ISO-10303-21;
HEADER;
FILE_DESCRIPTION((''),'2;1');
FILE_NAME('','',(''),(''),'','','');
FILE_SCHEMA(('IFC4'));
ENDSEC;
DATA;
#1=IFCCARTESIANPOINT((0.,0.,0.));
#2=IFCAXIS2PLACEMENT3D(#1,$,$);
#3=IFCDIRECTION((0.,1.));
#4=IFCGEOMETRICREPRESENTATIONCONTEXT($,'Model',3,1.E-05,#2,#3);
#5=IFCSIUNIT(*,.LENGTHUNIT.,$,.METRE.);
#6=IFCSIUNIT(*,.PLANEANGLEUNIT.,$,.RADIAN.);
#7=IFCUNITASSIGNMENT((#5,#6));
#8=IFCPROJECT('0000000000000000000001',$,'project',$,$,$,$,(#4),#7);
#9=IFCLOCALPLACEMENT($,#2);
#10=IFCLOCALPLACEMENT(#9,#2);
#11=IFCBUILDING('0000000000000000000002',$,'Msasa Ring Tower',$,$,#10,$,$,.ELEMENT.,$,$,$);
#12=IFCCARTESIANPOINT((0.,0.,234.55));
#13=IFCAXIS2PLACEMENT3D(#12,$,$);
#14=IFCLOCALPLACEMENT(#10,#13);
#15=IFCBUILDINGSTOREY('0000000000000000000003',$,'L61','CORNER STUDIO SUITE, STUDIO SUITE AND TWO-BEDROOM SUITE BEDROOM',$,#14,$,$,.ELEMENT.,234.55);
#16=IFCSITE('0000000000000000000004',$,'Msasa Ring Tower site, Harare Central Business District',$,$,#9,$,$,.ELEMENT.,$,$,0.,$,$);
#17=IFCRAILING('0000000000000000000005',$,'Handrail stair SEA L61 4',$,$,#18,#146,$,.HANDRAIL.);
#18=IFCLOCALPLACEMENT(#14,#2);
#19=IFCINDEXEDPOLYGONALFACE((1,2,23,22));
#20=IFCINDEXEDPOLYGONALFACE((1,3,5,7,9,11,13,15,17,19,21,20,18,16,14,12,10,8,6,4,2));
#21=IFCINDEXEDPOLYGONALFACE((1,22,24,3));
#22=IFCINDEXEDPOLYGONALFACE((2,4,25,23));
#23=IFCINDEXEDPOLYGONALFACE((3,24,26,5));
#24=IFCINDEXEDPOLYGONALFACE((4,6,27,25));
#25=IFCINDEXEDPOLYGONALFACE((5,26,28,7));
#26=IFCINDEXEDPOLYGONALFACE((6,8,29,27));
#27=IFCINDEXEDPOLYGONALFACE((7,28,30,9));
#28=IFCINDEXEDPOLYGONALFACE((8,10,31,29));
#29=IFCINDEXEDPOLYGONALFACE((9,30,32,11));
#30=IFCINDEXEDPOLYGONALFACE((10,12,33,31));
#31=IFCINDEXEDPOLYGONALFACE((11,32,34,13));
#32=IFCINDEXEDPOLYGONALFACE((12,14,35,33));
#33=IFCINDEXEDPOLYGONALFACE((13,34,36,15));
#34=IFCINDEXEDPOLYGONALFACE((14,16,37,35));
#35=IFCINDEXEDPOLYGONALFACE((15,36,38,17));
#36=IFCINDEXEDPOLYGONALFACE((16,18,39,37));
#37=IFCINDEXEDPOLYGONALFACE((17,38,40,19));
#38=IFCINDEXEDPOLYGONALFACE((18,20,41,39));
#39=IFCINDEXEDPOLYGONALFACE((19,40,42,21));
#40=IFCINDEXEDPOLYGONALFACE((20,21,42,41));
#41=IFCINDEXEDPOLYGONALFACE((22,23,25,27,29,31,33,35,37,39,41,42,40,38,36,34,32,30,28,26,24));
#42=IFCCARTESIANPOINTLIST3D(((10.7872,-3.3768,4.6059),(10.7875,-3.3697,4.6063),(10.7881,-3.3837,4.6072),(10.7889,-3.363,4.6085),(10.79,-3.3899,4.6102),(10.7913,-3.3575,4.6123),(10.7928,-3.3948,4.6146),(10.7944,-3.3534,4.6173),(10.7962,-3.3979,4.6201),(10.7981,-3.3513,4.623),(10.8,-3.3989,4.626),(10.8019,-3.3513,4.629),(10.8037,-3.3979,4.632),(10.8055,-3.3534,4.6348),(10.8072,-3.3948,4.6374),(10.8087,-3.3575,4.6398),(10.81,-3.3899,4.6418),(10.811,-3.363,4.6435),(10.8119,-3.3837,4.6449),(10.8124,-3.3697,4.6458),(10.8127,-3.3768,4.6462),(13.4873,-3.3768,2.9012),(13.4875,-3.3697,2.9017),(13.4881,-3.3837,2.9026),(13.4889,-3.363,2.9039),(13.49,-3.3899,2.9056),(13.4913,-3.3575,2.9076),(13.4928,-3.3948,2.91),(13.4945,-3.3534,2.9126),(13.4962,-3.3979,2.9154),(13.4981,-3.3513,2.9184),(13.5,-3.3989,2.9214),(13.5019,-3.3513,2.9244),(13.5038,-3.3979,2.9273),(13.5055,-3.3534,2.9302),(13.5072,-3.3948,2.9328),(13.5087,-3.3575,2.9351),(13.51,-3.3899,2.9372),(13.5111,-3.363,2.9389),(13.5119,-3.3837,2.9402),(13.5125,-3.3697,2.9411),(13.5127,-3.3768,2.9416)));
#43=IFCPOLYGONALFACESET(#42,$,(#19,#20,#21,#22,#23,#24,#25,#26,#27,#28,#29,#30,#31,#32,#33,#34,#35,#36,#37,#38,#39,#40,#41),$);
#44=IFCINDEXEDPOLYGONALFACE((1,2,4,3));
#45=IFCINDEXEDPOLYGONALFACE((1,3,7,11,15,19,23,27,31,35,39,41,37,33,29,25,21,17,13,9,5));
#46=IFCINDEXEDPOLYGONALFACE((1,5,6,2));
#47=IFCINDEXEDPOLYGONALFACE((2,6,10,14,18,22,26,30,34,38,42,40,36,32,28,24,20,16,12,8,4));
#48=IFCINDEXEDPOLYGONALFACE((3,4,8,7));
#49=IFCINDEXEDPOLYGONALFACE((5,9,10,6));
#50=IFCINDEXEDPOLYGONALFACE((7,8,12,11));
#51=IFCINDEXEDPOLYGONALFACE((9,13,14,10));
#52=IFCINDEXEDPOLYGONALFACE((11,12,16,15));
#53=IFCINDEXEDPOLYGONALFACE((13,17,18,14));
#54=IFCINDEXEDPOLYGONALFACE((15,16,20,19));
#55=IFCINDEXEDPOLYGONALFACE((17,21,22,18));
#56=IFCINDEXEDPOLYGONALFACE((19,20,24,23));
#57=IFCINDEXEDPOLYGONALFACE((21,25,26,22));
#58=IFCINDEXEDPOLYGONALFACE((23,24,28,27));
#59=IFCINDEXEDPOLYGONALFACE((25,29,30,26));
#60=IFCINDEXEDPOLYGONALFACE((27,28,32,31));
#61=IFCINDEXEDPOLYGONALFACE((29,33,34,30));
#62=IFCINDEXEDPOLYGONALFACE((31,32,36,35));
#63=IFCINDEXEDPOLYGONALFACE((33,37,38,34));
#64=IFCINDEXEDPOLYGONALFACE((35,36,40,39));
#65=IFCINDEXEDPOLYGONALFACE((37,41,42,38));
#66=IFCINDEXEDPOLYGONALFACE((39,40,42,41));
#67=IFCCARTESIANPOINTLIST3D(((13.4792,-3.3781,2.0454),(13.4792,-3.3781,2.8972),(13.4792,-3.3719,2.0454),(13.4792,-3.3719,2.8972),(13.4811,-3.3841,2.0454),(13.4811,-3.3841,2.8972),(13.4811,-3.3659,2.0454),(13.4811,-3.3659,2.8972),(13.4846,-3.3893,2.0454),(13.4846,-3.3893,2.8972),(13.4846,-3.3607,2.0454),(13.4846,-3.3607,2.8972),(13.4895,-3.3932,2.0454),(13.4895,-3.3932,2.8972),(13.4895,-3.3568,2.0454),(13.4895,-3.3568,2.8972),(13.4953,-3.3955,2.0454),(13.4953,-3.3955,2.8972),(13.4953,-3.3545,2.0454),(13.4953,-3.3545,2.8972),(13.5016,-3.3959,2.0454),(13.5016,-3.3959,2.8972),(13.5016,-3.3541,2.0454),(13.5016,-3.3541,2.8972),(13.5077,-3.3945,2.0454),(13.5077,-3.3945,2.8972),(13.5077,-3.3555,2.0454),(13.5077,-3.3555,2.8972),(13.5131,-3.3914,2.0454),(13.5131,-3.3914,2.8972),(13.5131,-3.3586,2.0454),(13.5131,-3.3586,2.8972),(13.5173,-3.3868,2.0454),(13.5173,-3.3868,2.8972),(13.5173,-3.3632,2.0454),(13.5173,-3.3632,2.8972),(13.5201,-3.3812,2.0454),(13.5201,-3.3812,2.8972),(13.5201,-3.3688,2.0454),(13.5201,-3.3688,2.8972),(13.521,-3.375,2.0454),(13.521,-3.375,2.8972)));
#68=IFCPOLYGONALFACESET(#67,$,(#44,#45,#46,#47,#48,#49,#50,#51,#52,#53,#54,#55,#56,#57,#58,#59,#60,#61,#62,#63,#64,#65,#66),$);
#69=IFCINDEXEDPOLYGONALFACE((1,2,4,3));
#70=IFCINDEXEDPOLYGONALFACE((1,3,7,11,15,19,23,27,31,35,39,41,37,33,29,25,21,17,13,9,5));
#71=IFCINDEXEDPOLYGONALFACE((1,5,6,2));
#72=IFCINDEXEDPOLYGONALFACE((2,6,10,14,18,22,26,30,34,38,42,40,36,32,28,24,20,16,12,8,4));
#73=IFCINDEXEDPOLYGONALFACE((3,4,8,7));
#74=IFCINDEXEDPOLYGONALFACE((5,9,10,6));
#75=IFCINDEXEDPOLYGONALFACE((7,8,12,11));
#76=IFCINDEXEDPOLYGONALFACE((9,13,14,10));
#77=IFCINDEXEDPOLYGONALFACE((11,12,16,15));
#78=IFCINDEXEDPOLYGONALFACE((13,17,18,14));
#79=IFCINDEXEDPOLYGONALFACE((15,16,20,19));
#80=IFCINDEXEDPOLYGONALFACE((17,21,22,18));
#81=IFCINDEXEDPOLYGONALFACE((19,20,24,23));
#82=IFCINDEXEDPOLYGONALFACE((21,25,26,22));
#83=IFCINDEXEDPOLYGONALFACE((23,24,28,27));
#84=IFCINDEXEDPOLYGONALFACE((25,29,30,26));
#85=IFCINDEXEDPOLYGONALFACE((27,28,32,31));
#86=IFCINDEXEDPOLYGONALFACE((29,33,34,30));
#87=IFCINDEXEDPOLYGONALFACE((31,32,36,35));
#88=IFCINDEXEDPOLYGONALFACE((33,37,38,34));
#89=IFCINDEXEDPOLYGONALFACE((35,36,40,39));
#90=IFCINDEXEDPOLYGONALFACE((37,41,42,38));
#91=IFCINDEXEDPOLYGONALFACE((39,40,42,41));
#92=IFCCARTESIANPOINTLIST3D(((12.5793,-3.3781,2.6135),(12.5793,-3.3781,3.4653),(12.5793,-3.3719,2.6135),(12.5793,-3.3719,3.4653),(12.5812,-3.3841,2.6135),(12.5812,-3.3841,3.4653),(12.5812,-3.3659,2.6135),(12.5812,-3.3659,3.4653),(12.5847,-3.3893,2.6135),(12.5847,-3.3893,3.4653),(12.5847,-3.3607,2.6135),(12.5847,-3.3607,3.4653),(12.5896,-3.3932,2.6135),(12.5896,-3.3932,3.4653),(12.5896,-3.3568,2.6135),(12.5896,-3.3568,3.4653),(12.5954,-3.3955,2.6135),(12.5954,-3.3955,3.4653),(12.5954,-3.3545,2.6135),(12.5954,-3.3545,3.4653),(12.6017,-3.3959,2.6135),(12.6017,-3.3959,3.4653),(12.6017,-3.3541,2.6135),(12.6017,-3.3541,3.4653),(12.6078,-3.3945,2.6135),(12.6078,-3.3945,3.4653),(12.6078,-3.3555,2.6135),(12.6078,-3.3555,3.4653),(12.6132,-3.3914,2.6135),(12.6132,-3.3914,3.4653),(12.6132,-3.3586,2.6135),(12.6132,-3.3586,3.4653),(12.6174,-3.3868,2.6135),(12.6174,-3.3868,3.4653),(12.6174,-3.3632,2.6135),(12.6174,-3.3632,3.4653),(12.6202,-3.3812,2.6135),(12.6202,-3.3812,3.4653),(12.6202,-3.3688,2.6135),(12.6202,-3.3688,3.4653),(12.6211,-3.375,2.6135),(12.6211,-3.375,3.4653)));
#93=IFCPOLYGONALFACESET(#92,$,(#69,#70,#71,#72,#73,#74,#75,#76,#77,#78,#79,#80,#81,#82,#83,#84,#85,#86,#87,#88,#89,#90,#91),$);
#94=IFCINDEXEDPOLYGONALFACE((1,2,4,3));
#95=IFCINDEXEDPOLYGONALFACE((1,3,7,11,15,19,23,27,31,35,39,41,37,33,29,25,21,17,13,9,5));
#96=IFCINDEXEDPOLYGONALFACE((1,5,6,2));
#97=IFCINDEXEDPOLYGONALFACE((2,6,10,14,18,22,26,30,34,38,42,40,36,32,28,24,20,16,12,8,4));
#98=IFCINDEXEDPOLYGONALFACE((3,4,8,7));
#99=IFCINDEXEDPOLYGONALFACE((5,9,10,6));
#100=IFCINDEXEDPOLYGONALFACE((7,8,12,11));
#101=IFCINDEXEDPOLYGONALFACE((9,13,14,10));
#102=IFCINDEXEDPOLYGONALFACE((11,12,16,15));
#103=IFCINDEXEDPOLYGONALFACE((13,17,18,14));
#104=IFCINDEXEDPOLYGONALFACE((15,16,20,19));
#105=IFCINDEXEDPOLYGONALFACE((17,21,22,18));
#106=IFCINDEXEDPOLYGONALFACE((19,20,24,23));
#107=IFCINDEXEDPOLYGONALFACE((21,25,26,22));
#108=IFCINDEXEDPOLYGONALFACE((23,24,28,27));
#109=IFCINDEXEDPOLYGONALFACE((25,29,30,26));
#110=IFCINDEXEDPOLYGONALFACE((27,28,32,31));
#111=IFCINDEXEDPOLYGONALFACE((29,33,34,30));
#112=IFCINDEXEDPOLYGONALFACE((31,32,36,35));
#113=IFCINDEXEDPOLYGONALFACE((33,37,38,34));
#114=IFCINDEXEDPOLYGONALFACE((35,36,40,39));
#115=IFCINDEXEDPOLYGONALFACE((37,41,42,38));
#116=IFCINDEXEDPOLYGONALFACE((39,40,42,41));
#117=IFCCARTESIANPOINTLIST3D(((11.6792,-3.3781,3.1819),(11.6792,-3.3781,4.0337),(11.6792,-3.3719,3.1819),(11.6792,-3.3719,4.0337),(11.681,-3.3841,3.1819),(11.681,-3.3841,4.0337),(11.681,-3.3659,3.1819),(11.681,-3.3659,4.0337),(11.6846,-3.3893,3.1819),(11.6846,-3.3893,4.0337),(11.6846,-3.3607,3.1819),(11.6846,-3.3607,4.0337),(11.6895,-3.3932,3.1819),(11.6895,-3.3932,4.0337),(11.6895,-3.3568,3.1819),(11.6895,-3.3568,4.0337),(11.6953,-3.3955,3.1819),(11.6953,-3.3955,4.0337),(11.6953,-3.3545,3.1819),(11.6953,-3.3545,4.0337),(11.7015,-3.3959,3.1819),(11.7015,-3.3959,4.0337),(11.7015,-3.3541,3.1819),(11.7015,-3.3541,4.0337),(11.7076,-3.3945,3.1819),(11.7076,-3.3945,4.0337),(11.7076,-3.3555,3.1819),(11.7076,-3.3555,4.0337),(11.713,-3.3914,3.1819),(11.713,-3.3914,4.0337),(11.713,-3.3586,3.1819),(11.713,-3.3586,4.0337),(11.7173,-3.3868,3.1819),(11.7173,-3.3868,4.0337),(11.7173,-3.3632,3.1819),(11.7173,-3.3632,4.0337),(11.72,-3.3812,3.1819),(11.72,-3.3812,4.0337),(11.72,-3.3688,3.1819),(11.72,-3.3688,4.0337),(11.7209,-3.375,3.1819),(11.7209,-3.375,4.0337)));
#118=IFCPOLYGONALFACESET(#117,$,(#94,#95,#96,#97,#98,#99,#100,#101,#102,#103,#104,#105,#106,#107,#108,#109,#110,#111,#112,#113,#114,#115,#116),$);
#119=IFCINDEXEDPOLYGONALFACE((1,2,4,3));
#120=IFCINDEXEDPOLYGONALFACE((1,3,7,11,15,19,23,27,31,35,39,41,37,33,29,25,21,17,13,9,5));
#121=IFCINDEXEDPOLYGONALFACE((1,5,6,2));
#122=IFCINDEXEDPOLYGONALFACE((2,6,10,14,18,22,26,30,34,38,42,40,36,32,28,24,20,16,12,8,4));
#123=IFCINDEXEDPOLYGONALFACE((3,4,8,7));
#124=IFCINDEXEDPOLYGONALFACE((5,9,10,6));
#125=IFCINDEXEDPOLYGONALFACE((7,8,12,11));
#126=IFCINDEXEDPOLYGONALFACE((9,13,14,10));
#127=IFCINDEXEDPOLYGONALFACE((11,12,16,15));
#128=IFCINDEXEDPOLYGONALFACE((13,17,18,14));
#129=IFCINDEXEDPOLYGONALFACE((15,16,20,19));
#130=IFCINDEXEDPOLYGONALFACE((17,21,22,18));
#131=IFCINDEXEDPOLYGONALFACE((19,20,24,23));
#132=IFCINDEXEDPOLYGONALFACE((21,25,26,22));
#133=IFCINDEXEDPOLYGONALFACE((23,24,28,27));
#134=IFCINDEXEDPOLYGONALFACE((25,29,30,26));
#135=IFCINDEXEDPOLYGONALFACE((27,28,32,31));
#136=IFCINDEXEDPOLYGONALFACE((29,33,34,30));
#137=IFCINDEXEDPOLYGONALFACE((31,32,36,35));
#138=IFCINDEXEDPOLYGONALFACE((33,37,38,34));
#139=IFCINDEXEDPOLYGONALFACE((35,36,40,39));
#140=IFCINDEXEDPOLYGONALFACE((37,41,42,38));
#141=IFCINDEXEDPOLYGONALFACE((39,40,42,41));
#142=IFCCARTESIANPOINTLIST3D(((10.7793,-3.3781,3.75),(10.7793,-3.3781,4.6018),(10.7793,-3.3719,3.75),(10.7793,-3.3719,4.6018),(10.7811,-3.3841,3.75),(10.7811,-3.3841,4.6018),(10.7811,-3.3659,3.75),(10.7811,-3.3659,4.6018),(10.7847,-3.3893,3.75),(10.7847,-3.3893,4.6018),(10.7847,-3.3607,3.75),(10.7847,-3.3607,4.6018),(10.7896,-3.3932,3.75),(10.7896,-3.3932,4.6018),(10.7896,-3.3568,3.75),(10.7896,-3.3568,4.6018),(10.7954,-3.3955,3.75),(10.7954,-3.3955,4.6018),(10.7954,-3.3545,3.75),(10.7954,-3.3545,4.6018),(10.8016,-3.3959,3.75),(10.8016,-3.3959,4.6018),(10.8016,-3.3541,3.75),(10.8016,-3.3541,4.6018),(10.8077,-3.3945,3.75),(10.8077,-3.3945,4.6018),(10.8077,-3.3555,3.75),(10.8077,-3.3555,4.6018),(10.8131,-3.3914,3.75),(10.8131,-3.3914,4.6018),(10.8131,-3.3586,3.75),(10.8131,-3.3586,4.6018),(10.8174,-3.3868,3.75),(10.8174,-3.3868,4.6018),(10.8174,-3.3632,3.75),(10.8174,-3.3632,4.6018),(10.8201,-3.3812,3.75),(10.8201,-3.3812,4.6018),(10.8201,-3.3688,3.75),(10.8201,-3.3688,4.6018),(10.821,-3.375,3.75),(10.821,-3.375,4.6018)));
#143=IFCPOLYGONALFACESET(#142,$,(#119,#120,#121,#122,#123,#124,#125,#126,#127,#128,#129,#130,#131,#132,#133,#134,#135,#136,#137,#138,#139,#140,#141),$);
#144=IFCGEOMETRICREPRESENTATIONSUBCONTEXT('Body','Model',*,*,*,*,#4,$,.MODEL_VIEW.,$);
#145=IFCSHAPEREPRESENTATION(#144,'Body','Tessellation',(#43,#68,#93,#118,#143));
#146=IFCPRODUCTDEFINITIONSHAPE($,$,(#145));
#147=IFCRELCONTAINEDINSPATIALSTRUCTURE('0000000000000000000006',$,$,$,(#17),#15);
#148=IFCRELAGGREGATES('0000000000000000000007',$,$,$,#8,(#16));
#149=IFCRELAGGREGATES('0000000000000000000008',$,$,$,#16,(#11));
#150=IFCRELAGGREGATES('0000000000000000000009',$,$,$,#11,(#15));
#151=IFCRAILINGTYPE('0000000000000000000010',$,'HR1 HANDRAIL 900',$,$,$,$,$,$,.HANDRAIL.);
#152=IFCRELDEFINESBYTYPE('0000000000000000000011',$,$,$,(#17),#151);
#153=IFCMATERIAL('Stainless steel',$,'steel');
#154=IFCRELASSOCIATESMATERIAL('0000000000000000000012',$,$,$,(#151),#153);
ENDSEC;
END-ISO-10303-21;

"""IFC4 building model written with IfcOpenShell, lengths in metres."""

from ifc_helpers import new_model, si_unit, direction, frame, origin, origin_2d, place, context, subcontext, project, spatial, circle, extrude, material, type_object, element, save


model = new_model("IFC4")

# Units and contexts
model_context = context("Model", 3, precision=1e-05, world=origin(), true_north=direction((0.0, 1.0)))
body_context = subcontext(model_context, "Body", "Model", "MODEL_VIEW")
ifc_project = project(units=[si_unit("LENGTHUNIT", "METRE"), si_unit("PLANEANGLEUNIT", "RADIAN")], contexts=[model_context])

# Site, building, storey
site_placement = place(None, origin())
site = spatial("IfcSite", under=ifc_project, at=site_placement, Name="Msasa Ring Tower site, Harare Central Business District", CompositionType="ELEMENT", RefElevation=0.0)
building_placement = place(site_placement, origin())
building = spatial("IfcBuilding", under=site, at=building_placement, Name="Msasa Ring Tower", CompositionType="ELEMENT")
storey_placement = place(building_placement, frame((0.0, 0.0, 234.55)))
storey = spatial("IfcBuildingStorey", under=building, at=storey_placement, Name="L61", Description="CORNER STUDIO SUITE, STUDIO SUITE AND TWO-BEDROOM SUITE BEDROOM", CompositionType="ELEMENT", Elevation=234.55)

# Railing
ifc_material_1 = material(Name="Stainless steel", Category="steel")
railing_type = type_object("IfcRailingType", Name="HR1 HANDRAIL 900", PredefinedType="HANDRAIL", material=ifc_material_1)
for number, where, name in (
    (1, (13.5, -3.375, 2.0454), "Handrail stair SEA L61 4"),
):
    element("IfcRailing", number, at=place(storey_placement, frame(where)), inside=storey, type_object=railing_type, Name=name, PredefinedType="HANDRAIL", context=body_context, shape_type="SweptSolid", body=[
        extrude(circle(Radius=0.0239, at=origin_2d()), frame((0.0, 0.0, 0.876), z_axis=(-0.84558, 0.0, 0.533849), x_axis=(0.0, -1.0, 0.0)), (0.0, 0.0, 1.0), 3.1931),
        extrude(circle(Radius=0.021, at=origin_2d()), origin(), (0.0, 0.0, 1.0), 0.8518),
        extrude(circle(Radius=0.021, at=origin_2d()), frame((-0.8999, 0.0, 0.5681)), (0.0, 0.0, 1.0), 0.8518),
        extrude(circle(Radius=0.021, at=origin_2d()), frame((-1.8, 0.0, 1.1365)), (0.0, 0.0, 1.0), 0.8518),
        extrude(circle(Radius=0.021, at=origin_2d()), frame((-2.7, 0.0, 1.7046)), (0.0, 0.0, 1.0), 0.8518),
    ])

save(model, "model.ifc")
